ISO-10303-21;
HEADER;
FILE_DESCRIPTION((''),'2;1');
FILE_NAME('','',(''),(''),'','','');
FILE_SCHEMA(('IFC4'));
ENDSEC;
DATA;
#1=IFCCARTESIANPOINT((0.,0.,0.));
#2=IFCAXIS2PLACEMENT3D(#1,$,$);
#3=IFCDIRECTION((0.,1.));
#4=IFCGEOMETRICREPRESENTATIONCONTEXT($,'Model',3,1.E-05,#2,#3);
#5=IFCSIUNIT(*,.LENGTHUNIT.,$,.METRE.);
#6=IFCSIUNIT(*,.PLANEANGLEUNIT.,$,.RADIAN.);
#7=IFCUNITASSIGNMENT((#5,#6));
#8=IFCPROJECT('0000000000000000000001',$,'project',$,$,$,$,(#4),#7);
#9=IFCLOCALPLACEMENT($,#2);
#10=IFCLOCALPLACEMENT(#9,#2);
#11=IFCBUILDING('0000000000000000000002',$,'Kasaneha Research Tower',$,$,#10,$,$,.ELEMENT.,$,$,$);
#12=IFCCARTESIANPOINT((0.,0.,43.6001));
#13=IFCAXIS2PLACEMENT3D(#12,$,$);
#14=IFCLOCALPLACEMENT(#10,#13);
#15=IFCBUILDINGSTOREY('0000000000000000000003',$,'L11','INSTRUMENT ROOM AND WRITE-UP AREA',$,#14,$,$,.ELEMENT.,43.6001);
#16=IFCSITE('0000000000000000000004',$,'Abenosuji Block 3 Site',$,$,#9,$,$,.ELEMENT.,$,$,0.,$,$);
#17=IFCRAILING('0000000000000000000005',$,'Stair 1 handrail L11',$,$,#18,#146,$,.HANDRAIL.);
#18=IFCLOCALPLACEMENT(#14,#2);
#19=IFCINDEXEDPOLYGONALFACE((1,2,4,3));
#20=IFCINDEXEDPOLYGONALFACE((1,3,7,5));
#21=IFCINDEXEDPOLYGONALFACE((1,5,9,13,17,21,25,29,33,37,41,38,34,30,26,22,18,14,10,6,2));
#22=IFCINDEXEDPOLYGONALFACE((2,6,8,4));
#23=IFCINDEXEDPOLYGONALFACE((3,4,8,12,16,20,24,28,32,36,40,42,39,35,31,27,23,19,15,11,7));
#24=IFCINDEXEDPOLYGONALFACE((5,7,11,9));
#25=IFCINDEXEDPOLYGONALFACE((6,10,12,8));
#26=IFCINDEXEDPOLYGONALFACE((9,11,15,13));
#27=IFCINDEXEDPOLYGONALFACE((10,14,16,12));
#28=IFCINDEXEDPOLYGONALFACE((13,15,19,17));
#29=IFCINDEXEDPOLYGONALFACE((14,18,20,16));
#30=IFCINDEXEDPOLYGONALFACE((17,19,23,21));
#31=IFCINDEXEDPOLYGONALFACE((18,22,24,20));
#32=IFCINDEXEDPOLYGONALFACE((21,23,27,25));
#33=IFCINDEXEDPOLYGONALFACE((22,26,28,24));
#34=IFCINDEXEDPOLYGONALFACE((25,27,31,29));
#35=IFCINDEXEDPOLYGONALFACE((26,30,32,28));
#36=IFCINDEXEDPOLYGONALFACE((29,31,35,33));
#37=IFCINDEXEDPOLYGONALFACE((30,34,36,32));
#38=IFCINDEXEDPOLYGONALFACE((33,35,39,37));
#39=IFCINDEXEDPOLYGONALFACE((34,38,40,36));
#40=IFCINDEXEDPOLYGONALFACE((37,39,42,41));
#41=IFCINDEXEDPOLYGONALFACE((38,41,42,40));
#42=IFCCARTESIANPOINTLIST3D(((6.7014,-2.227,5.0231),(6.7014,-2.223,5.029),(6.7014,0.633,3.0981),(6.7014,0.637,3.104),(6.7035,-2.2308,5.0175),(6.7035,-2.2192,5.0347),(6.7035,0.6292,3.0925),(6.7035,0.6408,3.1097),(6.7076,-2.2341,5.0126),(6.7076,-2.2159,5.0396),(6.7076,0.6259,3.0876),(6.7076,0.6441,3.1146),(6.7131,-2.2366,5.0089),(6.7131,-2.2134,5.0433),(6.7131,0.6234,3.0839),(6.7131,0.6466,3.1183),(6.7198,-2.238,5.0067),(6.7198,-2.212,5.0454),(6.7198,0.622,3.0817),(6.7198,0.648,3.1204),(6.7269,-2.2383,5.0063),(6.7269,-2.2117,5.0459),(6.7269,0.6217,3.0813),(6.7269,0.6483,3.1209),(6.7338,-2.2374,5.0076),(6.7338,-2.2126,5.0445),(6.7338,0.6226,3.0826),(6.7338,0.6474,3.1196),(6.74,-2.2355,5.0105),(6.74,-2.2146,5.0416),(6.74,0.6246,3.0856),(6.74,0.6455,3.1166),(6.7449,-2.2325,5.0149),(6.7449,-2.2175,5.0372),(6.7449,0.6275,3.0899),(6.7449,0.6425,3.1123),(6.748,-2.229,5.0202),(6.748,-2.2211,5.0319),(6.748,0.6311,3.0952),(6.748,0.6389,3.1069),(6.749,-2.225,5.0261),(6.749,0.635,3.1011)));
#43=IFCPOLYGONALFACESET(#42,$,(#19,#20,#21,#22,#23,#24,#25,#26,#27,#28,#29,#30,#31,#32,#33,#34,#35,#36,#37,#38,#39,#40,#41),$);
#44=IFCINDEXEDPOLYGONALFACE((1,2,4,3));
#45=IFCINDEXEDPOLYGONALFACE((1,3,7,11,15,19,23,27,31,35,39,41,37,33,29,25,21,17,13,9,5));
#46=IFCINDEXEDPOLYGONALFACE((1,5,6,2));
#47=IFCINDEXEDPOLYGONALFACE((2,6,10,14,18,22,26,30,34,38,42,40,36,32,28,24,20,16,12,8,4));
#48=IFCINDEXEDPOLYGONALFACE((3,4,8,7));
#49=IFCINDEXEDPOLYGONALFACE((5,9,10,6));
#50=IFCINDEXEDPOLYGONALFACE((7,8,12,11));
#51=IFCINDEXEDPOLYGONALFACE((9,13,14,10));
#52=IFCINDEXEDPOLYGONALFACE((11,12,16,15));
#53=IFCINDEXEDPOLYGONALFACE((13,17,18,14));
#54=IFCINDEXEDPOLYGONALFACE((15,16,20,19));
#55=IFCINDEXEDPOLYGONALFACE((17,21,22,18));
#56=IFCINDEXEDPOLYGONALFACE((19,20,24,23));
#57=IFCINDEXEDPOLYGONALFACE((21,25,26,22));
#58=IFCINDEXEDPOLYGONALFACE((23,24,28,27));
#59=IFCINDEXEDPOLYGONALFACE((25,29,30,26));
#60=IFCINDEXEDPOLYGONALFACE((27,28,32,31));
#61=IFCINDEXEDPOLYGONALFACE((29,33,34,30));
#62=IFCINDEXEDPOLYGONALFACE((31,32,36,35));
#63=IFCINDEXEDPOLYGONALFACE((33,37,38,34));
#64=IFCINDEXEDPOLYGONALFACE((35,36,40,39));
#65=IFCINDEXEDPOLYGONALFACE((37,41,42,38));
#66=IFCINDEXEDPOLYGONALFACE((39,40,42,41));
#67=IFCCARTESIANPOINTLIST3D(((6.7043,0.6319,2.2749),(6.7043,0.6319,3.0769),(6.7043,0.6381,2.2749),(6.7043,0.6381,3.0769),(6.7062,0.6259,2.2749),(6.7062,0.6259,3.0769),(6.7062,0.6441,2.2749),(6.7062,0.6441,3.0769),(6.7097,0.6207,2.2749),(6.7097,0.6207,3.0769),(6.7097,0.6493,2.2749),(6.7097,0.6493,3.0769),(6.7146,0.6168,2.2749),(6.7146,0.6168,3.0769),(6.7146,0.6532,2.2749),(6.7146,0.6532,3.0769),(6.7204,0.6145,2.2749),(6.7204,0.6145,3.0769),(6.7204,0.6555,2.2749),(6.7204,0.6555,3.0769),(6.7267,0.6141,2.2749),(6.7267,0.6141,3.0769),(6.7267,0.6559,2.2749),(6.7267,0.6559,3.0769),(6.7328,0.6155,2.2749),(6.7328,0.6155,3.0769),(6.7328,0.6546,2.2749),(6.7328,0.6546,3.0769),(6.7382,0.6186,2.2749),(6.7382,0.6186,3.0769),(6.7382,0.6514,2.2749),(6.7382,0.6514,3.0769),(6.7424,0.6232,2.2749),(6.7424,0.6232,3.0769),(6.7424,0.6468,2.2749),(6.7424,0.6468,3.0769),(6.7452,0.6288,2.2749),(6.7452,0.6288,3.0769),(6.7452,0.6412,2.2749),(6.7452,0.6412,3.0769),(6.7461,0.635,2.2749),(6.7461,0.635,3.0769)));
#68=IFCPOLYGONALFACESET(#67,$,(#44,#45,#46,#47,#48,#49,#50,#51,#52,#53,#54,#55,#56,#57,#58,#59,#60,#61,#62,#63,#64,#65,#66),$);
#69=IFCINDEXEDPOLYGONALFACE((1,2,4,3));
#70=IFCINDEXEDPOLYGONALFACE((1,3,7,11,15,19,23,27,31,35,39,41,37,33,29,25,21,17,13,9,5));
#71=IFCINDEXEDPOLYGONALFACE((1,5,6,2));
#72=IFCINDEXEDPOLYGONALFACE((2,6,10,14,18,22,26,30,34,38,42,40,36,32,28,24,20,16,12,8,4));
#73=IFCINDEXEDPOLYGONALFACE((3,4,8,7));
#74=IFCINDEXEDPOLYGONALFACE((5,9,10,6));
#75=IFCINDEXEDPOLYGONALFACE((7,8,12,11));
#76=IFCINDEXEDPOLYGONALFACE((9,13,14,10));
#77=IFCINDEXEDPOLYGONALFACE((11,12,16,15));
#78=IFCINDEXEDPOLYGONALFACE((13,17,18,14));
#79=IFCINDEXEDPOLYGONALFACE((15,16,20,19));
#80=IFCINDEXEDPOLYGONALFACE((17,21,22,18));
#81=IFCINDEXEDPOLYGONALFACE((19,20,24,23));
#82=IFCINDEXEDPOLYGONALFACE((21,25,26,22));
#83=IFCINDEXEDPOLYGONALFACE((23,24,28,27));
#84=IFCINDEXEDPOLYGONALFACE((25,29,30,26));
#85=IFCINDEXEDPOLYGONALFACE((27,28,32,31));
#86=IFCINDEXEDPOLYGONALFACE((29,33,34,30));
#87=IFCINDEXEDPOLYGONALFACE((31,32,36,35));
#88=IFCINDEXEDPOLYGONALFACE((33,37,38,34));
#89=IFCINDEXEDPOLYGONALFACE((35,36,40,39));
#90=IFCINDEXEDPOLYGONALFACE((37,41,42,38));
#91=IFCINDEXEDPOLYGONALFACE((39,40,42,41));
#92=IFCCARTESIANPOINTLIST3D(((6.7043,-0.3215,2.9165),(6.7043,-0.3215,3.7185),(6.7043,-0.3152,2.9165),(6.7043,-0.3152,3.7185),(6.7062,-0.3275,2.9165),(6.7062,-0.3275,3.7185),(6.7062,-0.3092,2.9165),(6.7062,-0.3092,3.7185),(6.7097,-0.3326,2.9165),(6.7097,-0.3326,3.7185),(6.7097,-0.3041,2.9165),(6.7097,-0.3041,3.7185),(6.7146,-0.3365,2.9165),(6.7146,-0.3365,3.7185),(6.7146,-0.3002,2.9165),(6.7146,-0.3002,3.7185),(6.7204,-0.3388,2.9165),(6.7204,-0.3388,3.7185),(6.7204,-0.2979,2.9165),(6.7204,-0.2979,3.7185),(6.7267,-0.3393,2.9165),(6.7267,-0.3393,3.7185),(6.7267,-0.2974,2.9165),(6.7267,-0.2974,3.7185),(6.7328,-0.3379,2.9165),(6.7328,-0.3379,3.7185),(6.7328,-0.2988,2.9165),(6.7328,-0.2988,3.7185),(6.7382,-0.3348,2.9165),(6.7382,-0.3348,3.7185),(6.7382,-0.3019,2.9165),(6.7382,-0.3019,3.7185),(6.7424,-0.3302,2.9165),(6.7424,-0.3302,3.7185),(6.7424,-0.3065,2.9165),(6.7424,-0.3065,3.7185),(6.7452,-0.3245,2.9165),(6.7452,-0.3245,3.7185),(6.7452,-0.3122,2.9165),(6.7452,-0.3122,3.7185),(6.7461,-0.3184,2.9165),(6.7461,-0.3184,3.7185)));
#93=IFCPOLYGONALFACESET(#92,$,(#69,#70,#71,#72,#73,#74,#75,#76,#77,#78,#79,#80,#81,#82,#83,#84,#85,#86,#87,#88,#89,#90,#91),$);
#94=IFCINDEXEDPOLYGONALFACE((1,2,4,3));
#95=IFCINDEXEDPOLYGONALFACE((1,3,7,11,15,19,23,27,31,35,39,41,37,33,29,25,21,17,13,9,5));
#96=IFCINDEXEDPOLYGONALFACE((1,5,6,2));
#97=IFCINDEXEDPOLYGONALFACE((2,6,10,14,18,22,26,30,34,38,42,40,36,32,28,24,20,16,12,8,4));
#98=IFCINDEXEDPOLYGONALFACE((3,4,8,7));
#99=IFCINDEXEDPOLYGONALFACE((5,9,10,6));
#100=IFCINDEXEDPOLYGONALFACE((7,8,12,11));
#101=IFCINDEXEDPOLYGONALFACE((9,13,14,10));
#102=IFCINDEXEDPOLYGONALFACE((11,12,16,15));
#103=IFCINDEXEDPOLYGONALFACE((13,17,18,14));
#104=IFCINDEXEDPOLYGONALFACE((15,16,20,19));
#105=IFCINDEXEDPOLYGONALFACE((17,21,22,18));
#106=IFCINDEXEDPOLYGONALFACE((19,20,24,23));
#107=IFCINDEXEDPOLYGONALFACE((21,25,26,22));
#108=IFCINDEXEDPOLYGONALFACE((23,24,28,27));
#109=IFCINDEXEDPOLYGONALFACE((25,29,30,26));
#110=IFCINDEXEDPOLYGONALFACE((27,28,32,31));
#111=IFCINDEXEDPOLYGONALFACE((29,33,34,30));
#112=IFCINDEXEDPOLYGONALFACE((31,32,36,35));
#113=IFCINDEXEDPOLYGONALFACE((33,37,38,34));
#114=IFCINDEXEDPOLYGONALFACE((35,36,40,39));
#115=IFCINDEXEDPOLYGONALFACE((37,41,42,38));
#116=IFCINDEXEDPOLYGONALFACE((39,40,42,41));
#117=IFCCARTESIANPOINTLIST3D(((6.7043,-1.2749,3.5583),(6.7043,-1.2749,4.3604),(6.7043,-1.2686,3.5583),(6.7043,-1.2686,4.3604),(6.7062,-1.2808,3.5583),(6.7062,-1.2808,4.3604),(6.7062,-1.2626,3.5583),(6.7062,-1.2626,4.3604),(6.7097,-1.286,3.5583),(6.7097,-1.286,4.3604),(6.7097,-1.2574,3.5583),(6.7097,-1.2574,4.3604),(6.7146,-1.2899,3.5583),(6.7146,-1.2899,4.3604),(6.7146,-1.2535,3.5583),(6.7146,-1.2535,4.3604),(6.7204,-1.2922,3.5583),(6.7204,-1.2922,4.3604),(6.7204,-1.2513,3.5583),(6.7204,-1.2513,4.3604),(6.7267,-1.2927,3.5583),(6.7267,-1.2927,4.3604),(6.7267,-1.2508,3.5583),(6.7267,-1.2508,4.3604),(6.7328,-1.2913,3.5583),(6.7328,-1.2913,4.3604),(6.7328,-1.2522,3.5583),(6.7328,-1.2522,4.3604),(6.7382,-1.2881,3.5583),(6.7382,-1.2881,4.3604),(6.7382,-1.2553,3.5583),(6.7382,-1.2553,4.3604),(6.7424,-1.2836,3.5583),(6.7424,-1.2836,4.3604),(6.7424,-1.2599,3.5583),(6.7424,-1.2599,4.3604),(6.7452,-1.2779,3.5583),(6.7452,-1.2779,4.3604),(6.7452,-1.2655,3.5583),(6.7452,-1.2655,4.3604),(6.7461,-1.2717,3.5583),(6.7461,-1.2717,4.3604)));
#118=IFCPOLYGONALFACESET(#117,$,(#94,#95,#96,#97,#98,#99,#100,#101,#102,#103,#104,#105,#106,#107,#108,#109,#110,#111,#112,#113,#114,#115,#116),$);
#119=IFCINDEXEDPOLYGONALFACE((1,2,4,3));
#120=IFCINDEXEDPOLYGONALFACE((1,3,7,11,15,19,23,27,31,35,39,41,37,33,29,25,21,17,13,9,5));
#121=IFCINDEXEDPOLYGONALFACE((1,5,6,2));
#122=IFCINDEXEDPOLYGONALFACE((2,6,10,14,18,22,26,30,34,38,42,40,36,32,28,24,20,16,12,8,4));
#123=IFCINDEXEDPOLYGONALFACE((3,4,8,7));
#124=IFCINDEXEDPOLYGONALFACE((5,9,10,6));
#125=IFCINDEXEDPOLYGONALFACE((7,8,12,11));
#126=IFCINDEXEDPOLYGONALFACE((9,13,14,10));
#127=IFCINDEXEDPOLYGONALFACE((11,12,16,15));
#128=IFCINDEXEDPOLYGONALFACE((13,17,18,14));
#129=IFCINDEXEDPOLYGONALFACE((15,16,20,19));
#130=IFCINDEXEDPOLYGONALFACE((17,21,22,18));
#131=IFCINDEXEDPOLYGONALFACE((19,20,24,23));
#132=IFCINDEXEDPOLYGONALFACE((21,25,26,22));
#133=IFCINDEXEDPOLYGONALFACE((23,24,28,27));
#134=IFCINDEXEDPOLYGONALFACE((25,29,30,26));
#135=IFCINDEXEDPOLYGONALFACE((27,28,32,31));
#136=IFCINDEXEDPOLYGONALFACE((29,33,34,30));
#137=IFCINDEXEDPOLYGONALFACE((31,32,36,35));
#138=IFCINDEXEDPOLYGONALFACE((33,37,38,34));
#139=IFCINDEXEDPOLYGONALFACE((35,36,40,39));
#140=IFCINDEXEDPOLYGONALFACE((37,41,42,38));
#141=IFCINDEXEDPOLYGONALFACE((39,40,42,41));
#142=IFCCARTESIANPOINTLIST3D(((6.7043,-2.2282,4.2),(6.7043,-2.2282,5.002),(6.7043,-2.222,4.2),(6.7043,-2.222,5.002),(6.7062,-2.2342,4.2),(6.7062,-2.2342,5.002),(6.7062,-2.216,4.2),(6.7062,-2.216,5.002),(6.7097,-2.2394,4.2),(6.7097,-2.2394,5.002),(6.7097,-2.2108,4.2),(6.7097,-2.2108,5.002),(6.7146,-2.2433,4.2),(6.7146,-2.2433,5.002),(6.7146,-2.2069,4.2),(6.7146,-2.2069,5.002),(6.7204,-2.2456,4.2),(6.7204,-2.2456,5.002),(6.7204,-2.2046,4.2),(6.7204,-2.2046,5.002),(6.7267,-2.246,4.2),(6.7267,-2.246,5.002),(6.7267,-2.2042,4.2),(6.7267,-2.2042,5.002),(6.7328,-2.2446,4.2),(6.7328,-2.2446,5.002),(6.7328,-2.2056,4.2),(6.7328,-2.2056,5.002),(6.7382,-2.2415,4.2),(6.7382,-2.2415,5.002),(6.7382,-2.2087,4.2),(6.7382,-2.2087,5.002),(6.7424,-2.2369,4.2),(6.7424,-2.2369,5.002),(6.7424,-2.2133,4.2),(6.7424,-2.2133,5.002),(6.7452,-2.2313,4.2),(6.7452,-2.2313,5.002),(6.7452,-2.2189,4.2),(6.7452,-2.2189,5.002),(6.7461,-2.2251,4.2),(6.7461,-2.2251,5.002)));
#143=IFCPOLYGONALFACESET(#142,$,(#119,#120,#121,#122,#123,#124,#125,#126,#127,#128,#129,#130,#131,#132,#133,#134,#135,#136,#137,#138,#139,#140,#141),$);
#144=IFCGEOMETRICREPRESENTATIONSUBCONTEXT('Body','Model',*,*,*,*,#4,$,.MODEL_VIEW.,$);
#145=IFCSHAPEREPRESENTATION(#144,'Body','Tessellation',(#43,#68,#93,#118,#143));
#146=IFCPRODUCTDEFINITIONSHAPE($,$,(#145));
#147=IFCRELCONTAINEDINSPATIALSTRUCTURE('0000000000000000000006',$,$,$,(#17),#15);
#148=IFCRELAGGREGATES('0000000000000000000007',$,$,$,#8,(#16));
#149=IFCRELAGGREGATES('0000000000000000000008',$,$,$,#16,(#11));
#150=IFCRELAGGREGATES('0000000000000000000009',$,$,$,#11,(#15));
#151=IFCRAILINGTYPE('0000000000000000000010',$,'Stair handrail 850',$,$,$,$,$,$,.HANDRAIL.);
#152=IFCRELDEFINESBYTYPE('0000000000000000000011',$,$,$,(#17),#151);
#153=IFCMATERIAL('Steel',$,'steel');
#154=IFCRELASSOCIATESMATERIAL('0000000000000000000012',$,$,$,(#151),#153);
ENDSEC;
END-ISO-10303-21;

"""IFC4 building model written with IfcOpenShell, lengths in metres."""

from ifc_helpers import new_model, si_unit, direction, frame, origin, origin_2d, place, context, subcontext, project, spatial, circle, extrude, material, type_object, element, save


model = new_model("IFC4")

# Units and contexts
model_context = context("Model", 3, precision=1e-05, world=origin(), true_north=direction((0.0, 1.0)))
body_context = subcontext(model_context, "Body", "Model", "MODEL_VIEW")
ifc_project = project(units=[si_unit("LENGTHUNIT", "METRE"), si_unit("PLANEANGLEUNIT", "RADIAN")], contexts=[model_context])

# Site, building, storey
site_placement = place(None, origin())
site = spatial("IfcSite", under=ifc_project, at=site_placement, Name="Abenosuji Block 3 Site", CompositionType="ELEMENT", RefElevation=0.0)
building_placement = place(site_placement, origin())
building = spatial("IfcBuilding", under=site, at=building_placement, Name="Kasaneha Research Tower", CompositionType="ELEMENT")
storey_placement = place(building_placement, frame((0.0, 0.0, 43.6001)))
storey = spatial("IfcBuildingStorey", under=building, at=storey_placement, Name="L11", Description="INSTRUMENT ROOM AND WRITE-UP AREA", CompositionType="ELEMENT", Elevation=43.6001)

# Railing
ifc_material_1 = material(Name="Steel", Category="steel")
railing_type_1 = type_object("IfcRailingType", Name="Stair handrail 850", PredefinedType="HANDRAIL", material=ifc_material_1)
railing_1_placement = place(storey_placement, frame((6.7251, 0.635, 2.2749)))
element("IfcRailing", 1, at=railing_1_placement, inside=storey, type_object=railing_type_1, Name="Stair 1 handrail L11", PredefinedType="HANDRAIL", context=body_context, shape_type="SweptSolid", body=[
    extrude(circle(Radius=0.0239, at=origin_2d()), frame((0.0, 0.0, 0.8262), z_axis=(0.0, -0.829591, 0.558372), x_axis=(1.0, 0.0, 0.0)), (0.0, 0.0, 1.0), 3.4475),
    extrude(circle(Radius=0.021, at=origin_2d()), origin(), (0.0, 0.0, 1.0), 0.802),
    extrude(circle(Radius=0.021, at=origin_2d()), frame((0.0, -0.9534, 0.6416)), (0.0, 0.0, 1.0), 0.802),
    extrude(circle(Radius=0.021, at=origin_2d()), frame((0.0, -1.9067, 1.2834)), (0.0, 0.0, 1.0), 0.802),
    extrude(circle(Radius=0.021, at=origin_2d()), frame((0.0, -2.8601, 1.925)), (0.0, 0.0, 1.0), 0.802),
])

save(model, "model.ifc")
